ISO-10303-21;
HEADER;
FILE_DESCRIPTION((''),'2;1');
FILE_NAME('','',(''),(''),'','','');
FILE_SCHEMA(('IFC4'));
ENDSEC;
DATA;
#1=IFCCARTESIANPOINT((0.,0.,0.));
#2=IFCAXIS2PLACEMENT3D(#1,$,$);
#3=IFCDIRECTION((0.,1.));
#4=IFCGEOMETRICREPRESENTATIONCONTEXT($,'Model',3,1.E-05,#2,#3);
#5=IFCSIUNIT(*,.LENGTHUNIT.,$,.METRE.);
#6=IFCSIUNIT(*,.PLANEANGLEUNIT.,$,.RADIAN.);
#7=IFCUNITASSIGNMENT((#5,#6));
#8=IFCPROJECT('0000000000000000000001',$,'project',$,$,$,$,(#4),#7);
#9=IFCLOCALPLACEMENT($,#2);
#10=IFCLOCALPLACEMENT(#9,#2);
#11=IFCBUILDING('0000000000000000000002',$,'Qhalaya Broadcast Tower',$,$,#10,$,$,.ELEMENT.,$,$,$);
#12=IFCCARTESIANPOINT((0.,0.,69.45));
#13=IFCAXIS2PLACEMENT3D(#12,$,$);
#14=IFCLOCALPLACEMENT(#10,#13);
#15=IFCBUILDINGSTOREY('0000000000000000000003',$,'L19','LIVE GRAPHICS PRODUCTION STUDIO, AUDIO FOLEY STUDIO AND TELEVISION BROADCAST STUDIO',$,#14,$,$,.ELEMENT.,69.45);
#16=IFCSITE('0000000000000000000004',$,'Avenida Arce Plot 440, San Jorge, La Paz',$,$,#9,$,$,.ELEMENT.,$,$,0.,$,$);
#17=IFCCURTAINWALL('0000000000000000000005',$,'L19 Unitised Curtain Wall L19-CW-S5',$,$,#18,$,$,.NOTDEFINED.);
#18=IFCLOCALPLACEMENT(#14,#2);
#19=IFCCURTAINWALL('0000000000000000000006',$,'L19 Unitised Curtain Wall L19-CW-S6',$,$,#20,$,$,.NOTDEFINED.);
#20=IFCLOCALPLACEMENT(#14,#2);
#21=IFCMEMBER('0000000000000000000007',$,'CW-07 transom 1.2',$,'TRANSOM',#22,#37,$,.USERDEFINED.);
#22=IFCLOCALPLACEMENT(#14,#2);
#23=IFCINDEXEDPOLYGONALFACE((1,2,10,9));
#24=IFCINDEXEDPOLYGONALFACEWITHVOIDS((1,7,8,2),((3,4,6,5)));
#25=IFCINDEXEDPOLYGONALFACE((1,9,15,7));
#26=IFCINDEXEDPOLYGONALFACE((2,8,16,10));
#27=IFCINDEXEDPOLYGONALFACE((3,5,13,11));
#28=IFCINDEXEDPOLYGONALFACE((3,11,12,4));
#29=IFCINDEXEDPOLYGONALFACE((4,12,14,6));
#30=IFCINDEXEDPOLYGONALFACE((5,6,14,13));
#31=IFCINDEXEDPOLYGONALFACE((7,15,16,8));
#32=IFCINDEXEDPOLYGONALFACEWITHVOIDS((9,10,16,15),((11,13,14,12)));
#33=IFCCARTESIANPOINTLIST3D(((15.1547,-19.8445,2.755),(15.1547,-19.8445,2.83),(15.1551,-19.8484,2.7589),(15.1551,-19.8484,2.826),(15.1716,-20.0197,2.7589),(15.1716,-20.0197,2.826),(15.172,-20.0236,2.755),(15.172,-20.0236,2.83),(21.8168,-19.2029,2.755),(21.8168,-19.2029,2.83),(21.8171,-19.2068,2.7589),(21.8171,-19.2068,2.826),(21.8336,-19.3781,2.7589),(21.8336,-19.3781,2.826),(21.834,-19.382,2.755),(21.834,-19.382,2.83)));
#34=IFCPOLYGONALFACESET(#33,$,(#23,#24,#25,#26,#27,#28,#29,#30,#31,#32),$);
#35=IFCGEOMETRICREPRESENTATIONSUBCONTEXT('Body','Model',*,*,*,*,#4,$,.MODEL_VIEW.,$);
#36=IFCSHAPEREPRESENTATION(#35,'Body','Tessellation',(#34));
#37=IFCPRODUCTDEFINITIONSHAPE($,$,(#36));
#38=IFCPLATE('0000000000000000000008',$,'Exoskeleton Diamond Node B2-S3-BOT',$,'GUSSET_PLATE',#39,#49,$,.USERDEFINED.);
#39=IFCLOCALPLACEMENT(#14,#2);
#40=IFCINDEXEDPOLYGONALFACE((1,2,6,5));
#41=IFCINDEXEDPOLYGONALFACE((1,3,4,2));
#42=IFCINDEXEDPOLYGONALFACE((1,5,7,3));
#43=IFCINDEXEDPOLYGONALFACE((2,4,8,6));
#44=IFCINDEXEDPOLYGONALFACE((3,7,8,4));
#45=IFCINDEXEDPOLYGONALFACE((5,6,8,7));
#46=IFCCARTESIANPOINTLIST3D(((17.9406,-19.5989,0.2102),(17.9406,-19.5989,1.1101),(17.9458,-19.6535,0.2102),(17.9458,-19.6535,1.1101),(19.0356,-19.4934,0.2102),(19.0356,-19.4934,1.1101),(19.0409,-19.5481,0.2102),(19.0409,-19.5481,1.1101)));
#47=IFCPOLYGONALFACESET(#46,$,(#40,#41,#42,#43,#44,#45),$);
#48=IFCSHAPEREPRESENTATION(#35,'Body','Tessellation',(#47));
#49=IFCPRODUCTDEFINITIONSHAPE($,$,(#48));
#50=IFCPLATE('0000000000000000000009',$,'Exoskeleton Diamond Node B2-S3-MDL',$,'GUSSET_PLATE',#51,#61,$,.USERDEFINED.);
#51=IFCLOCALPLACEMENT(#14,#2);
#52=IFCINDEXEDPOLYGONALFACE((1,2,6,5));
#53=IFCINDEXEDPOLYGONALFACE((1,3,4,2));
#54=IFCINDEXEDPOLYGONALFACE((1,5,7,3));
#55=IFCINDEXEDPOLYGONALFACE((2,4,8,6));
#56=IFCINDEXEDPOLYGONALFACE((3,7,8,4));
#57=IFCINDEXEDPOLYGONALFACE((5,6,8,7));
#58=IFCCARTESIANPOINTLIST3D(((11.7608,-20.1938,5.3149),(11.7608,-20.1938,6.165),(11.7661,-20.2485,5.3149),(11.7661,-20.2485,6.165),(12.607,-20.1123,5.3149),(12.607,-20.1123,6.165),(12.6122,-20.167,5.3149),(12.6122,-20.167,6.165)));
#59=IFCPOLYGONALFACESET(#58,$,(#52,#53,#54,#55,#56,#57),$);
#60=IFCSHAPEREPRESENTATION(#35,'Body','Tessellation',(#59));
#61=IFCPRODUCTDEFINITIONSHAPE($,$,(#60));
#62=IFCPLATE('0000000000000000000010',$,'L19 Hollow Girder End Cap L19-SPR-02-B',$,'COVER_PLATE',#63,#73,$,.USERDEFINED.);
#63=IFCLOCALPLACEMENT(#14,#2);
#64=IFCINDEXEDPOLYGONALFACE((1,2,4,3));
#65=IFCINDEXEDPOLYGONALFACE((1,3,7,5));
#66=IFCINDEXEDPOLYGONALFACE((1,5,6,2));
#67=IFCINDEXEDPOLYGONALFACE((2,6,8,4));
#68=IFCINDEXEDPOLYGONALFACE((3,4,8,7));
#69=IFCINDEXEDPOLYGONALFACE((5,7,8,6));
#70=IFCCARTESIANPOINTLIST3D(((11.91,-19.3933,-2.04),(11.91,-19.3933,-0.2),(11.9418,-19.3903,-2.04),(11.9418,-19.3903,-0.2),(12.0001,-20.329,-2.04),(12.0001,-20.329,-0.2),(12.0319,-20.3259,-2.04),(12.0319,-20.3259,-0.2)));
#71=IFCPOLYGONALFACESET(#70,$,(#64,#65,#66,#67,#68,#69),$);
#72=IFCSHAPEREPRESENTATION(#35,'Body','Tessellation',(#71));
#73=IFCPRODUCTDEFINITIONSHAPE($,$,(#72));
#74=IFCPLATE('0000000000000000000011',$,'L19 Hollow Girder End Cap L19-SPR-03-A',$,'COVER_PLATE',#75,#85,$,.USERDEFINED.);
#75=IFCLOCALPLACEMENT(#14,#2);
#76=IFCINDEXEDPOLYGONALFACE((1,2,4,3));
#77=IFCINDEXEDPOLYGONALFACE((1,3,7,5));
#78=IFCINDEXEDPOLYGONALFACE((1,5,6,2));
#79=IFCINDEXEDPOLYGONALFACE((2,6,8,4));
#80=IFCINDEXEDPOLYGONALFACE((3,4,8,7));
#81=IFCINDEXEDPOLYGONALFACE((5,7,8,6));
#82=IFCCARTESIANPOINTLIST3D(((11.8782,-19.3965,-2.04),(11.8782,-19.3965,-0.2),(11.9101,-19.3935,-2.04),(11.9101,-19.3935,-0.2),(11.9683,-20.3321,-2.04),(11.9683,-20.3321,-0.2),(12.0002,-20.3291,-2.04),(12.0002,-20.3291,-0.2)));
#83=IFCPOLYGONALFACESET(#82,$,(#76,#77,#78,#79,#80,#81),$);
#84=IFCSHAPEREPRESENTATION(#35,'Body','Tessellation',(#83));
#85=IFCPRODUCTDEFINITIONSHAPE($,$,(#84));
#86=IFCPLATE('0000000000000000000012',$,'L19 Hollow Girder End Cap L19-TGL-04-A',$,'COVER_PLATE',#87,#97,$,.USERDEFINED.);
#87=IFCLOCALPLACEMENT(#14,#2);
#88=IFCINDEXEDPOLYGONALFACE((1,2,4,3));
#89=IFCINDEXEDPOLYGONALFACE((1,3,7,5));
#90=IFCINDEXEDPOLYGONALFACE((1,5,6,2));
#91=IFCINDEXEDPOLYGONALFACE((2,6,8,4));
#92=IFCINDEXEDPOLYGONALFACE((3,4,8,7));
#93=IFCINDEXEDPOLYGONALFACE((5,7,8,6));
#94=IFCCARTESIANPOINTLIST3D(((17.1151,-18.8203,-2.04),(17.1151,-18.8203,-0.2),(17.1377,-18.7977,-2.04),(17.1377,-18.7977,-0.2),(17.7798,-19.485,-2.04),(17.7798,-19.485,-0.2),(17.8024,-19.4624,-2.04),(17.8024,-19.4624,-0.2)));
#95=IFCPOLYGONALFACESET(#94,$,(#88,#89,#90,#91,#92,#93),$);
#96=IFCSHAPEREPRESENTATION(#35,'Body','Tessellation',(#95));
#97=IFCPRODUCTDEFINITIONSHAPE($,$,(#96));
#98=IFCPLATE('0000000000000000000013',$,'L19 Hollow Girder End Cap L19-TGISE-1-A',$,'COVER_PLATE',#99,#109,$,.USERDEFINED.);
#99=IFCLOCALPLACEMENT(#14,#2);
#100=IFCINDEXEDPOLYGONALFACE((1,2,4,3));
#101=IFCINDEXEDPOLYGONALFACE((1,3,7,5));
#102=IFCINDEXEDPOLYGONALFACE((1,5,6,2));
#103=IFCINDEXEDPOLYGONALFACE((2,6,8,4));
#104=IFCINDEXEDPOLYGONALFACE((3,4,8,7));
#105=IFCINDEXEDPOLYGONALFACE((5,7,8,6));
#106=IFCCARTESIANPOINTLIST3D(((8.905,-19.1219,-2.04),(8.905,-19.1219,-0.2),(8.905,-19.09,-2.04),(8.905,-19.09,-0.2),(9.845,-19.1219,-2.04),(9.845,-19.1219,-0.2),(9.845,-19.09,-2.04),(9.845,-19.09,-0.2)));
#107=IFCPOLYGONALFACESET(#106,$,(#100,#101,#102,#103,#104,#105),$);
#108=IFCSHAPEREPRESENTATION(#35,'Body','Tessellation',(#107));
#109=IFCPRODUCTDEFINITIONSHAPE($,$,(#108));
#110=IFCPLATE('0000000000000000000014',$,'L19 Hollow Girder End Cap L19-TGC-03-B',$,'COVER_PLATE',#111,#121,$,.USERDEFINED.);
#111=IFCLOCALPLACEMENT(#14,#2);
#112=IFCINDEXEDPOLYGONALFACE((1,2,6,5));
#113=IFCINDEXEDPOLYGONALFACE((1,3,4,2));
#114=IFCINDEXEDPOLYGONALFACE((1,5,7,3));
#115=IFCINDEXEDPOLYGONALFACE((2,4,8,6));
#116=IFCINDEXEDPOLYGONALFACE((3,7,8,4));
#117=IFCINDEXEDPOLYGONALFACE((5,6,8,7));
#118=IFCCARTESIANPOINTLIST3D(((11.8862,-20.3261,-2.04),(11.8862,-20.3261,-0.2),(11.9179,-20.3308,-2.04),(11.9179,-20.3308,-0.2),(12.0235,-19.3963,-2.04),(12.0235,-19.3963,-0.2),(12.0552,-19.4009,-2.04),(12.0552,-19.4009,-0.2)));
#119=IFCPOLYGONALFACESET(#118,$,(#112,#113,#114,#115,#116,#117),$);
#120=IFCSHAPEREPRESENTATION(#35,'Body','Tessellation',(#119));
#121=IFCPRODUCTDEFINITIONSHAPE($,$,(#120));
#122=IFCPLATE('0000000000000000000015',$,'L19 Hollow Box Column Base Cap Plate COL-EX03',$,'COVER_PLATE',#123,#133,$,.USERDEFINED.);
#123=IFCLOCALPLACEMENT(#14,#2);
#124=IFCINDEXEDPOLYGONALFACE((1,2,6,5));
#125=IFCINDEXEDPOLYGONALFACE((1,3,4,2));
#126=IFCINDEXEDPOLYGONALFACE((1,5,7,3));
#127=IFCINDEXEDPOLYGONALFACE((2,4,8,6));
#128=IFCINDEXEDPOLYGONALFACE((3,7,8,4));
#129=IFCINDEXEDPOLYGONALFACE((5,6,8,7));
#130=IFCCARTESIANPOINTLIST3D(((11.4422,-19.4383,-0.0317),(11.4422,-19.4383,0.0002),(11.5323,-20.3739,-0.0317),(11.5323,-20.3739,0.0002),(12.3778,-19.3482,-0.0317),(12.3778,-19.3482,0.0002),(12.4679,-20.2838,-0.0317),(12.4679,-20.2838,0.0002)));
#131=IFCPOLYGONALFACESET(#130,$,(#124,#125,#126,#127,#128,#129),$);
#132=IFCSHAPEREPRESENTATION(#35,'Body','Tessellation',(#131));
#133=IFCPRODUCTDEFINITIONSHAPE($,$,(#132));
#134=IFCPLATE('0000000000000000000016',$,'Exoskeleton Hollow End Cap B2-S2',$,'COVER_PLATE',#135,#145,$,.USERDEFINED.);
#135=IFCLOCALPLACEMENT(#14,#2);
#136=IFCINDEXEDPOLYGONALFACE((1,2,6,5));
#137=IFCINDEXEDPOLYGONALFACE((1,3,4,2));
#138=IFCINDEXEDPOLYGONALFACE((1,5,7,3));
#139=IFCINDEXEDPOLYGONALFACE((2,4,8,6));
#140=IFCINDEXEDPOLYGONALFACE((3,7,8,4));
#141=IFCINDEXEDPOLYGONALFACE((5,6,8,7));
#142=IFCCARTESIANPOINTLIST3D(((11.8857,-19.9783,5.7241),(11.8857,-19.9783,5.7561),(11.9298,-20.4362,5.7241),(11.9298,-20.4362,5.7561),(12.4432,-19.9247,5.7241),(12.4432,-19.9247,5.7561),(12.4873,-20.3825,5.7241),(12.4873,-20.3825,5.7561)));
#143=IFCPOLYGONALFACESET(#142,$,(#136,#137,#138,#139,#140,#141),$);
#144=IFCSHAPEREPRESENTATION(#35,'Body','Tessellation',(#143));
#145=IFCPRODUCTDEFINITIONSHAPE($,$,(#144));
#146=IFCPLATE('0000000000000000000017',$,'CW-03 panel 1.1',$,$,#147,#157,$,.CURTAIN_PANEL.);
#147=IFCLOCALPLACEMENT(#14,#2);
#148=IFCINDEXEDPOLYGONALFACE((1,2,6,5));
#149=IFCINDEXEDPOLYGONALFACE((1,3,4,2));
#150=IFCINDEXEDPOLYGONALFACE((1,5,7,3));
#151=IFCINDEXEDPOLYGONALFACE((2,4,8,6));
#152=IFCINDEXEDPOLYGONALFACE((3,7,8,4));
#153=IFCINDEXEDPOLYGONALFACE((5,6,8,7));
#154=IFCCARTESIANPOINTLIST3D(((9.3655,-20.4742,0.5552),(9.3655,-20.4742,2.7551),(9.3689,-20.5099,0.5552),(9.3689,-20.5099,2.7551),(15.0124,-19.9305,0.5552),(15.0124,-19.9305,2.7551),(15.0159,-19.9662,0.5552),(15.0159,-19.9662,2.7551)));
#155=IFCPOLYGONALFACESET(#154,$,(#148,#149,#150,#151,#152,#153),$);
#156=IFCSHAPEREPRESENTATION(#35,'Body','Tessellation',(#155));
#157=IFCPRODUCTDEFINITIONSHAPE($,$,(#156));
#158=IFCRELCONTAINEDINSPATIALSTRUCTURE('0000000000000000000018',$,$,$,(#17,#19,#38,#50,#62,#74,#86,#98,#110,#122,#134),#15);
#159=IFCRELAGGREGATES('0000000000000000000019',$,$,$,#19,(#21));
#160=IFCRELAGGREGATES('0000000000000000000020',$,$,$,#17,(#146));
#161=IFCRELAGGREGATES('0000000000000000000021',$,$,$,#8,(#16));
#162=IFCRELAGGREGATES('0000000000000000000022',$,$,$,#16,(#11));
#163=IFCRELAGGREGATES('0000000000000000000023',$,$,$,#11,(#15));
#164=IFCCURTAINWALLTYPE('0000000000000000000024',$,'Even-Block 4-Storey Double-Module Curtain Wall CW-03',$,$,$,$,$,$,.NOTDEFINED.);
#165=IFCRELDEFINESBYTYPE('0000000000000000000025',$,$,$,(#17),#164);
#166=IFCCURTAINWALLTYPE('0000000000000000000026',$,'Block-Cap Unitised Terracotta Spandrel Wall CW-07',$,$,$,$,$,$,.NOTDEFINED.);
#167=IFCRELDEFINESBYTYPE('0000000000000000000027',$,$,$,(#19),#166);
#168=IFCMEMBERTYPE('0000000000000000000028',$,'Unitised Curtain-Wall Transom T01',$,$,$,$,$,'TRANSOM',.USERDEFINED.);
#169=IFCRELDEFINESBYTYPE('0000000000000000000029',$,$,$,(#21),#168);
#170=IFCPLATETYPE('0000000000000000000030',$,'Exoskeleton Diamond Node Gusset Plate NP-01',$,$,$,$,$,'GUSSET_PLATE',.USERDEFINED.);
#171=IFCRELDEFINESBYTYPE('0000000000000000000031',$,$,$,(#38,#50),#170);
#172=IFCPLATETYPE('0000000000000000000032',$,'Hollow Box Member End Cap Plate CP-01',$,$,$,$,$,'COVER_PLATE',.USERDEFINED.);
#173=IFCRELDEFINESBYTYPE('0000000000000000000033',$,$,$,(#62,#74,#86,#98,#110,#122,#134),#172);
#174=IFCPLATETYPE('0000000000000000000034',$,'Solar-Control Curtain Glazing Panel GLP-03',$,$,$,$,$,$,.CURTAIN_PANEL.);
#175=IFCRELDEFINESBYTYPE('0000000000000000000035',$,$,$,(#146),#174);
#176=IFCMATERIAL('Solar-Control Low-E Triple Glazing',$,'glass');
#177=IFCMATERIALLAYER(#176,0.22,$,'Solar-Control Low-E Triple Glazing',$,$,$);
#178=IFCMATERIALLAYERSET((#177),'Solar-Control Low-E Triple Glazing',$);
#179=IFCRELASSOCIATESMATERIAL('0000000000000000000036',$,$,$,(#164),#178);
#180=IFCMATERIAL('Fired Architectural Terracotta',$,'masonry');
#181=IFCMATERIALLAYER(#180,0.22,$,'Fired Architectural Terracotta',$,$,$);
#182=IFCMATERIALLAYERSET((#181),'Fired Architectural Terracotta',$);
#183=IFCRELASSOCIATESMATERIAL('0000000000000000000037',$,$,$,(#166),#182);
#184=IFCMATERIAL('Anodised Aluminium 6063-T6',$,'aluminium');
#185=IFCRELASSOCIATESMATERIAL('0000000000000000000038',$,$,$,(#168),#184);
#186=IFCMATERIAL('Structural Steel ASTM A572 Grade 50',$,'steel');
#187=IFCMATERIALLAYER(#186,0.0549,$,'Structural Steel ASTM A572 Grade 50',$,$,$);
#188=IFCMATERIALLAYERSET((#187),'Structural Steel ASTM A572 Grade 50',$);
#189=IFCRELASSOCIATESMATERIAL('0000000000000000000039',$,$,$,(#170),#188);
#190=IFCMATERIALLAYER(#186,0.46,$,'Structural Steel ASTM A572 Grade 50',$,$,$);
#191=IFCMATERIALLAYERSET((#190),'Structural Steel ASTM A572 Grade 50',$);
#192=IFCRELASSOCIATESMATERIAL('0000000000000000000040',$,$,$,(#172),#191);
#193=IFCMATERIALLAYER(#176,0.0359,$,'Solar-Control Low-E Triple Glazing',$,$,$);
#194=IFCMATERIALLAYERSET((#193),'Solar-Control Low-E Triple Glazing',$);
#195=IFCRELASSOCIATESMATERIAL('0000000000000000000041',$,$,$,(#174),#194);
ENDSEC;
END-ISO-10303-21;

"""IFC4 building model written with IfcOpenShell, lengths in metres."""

from ifc_helpers import new_model, si_unit, direction, frame, origin, origin_2d, place, context, subcontext, project, spatial, rectangle, hollow_rectangle, extrude, material, layer, layer_set, material_profile, profile_set, type_object, element, aggregate, save


model = new_model("IFC4")

# Units and contexts
model_context = context("Model", 3, precision=1e-05, world=origin(), true_north=direction((0.0, 1.0)))
body_context = subcontext(model_context, "Body", "Model", "MODEL_VIEW")
ifc_project = project(units=[si_unit("LENGTHUNIT", "METRE"), si_unit("PLANEANGLEUNIT", "RADIAN")], contexts=[model_context])

# Site, building, storey
site_placement = place(None, origin())
site = spatial("IfcSite", under=ifc_project, at=site_placement, Name="Avenida Arce Plot 440, San Jorge, La Paz", CompositionType="ELEMENT", RefElevation=0.0)
building_placement = place(site_placement, origin())
building = spatial("IfcBuilding", under=site, at=building_placement, Name="Qhalaya Broadcast Tower", CompositionType="ELEMENT")
storey_placement = place(building_placement, frame((0.0, 0.0, 69.45)))
storey = spatial("IfcBuildingStorey", under=building, at=storey_placement, Name="L19", Description="LIVE GRAPHICS PRODUCTION STUDIO, AUDIO FOLEY STUDIO AND TELEVISION BROADCAST STUDIO", CompositionType="ELEMENT", Elevation=69.45)

# Shared definitions
ifc_material_1 = material(Name="Structural Steel ASTM A572 Grade 50", Category="steel")

# Curtain wall
ifc_material_2 = material(Name="Solar-Control Low-E Triple Glazing", Category="glass")
ifc_layer_1 = layer(ifc_material_2, 0.22, Name="Solar-Control Low-E Triple Glazing")
ifc_layer_set_1 = layer_set([ifc_layer_1], Name="Solar-Control Low-E Triple Glazing")
curtain_wall_type_1 = type_object("IfcCurtainWallType", Name="Even-Block 4-Storey Double-Module Curtain Wall CW-03", PredefinedType="NOTDEFINED", material=ifc_layer_set_1)
curtain_wall_1_placement = place(storey_placement, origin())
curtain_wall_1 = element("IfcCurtainWall", 1, at=curtain_wall_1_placement, inside=storey, type_object=curtain_wall_type_1, Name="L19 Unitised Curtain Wall L19-CW-S5", PredefinedType="NOTDEFINED")
ifc_material_3 = material(Name="Anodised Aluminium 6063-T6", Category="aluminium")

# Curtain wall, member
ifc_material_4 = material(Name="Fired Architectural Terracotta", Category="masonry")
ifc_layer_2 = layer(ifc_material_4, 0.22, Name="Fired Architectural Terracotta")
ifc_layer_set_2 = layer_set([ifc_layer_2], Name="Fired Architectural Terracotta")
curtain_wall_type_2 = type_object("IfcCurtainWallType", Name="Block-Cap Unitised Terracotta Spandrel Wall CW-07", PredefinedType="NOTDEFINED", material=ifc_layer_set_2)
curtain_wall_2_placement = place(storey_placement, origin())
curtain_wall_2 = element("IfcCurtainWall", 2, at=curtain_wall_2_placement, inside=storey, type_object=curtain_wall_type_2, Name="L19 Unitised Curtain Wall L19-CW-S6", PredefinedType="NOTDEFINED")
ifc_material_profile_1 = material_profile(ifc_material_3, hollow_rectangle(XDim=0.075, YDim=0.1799, WallThickness=0.0039, at=origin_2d()), Name="ALU-TRN 75x180x4")
ifc_profile_set_1 = profile_set([ifc_material_profile_1], Name="Anodised Aluminium 6063-T6")
member_type_1 = type_object("IfcMemberType", Name="Unitised Curtain-Wall Transom T01", ElementType="TRANSOM", PredefinedType="USERDEFINED", material=ifc_profile_set_1)
member_1_placement = place(storey_placement, frame((15.1633, -19.9341, 2.7925), z_axis=(0.995395, 0.095863, 0.0), x_axis=(0.0, 0.0, 1.0)))
member_1 = element("IfcMember", 3, at=member_1_placement, type_object=member_type_1, Name="CW-07 transom 1.2", ObjectType="TRANSOM", PredefinedType="USERDEFINED", context=body_context, shape_type="SweptSolid", body=[
    extrude(hollow_rectangle(XDim=0.075, YDim=0.1799, WallThickness=0.0039, at=origin_2d()), origin(), (0.0, 0.0, 1.0), 6.6929),
])
aggregate(curtain_wall_2, [member_1])

# Plates
ifc_layer_3 = layer(ifc_material_1, 0.0549, Name="Structural Steel ASTM A572 Grade 50")
ifc_layer_set_3 = layer_set([ifc_layer_3], Name="Structural Steel ASTM A572 Grade 50")
plate_type_1 = type_object("IfcPlateType", Name="Exoskeleton Diamond Node Gusset Plate NP-01", ElementType="GUSSET_PLATE", PredefinedType="USERDEFINED", material=ifc_layer_set_3)
plate_1_placement = place(storey_placement, frame((18.4907, -19.5735, 0.2102), z_axis=(0.0, 0.0, 1.0), x_axis=(0.995396, 0.095846, 0.0)))
element("IfcPlate", 4, at=plate_1_placement, inside=storey, type_object=plate_type_1, Name="Exoskeleton Diamond Node B2-S3-BOT", ObjectType="GUSSET_PLATE", PredefinedType="USERDEFINED", context=body_context, shape_type="SweptSolid", body=[
    extrude(rectangle(XDim=1.1001, YDim=0.0549, at=origin_2d()), origin(), (0.0, 0.0, 1.0), 0.8999),
])
plate_2_placement = place(storey_placement, frame((12.1865, -20.1804, 5.3149), z_axis=(0.0, 0.0, 1.0), x_axis=(0.995396, 0.095846, 0.0)))
element("IfcPlate", 5, at=plate_2_placement, inside=storey, type_object=plate_type_1, Name="Exoskeleton Diamond Node B2-S3-MDL", ObjectType="GUSSET_PLATE", PredefinedType="USERDEFINED", context=body_context, shape_type="SweptSolid", body=[
    extrude(rectangle(XDim=0.8501, YDim=0.0549, at=origin_2d()), origin(), (0.0, 0.0, 1.0), 0.8501),
])
ifc_layer_4 = layer(ifc_material_1, 0.46, Name="Structural Steel ASTM A572 Grade 50")
ifc_layer_set_4 = layer_set([ifc_layer_4], Name="Structural Steel ASTM A572 Grade 50")
plate_type_2 = type_object("IfcPlateType", Name="Hollow Box Member End Cap Plate CP-01", ElementType="COVER_PLATE", PredefinedType="USERDEFINED", material=ifc_layer_set_4)
for number, where, z_axis, x_axis, name in (
    (6, (11.9709, -19.8596, -2.04), (0.0, 0.0, 1.0), (-0.095846, 0.995396, 0.0), "L19 Hollow Girder End Cap L19-SPR-02-B"),
    (7, (11.9392, -19.8628, -2.04), (0.0, 0.0, 1.0), (-0.095846, 0.995396, 0.0), "L19 Hollow Girder End Cap L19-SPR-03-A"),
    (8, (17.4587, -19.1414, -2.04), (0.0, 0.0, 1.0), (-0.707107, 0.707107, 0.0), "L19 Hollow Girder End Cap L19-TGL-04-A"),
    (9, (9.375, -19.106, -2.04), (0.0, 0.0, 1.0), (-1.0, 0.0, 0.0), "L19 Hollow Girder End Cap L19-TGISE-1-A"),
    (10, (11.9707, -19.8635, -2.04), (0.0, 0.0, 1.0), (0.146083, 0.989272, 0.0), "L19 Hollow Girder End Cap L19-TGC-03-B"),
):
    element("IfcPlate", number, at=place(storey_placement, frame(where, z_axis=z_axis, x_axis=x_axis)), inside=storey, type_object=plate_type_2, Name=name, ObjectType="COVER_PLATE", PredefinedType="USERDEFINED", context=body_context, shape_type="SweptSolid", body=[
        extrude(rectangle(XDim=0.9399, YDim=0.032, at=origin_2d()), origin(), (0.0, 0.0, 1.0), 1.8401),
    ])
plate_3_placement = place(storey_placement, frame((11.9551, -19.8611, -0.0317), z_axis=(0.0, 0.0, 1.0), x_axis=(0.995396, 0.095846, 0.0)))
element("IfcPlate", 11, at=plate_3_placement, inside=storey, type_object=plate_type_2, Name="L19 Hollow Box Column Base Cap Plate COL-EX03", ObjectType="COVER_PLATE", PredefinedType="USERDEFINED", context=body_context, shape_type="SweptSolid", body=[
    extrude(rectangle(XDim=0.9399, YDim=0.9399, at=origin_2d()), origin(), (0.0, 0.0, 1.0), 0.032),
])
plate_4_placement = place(storey_placement, frame((12.1865, -20.1804, 5.7241), z_axis=(0.0, 0.0, 1.0), x_axis=(0.995396, 0.095846, 0.0)))
element("IfcPlate", 12, at=plate_4_placement, inside=storey, type_object=plate_type_2, Name="Exoskeleton Hollow End Cap B2-S2", ObjectType="COVER_PLATE", PredefinedType="USERDEFINED", context=body_context, shape_type="SweptSolid", body=[
    extrude(rectangle(XDim=0.5601, YDim=0.46, at=origin_2d()), origin(), (0.0, 0.0, 1.0), 0.032),
])

# Plate
ifc_layer_5 = layer(ifc_material_2, 0.0359, Name="Solar-Control Low-E Triple Glazing")
ifc_layer_set_5 = layer_set([ifc_layer_5], Name="Solar-Control Low-E Triple Glazing")
plate_type_3 = type_object("IfcPlateType", Name="Solar-Control Curtain Glazing Panel GLP-03", PredefinedType="CURTAIN_PANEL", material=ifc_layer_set_5)
plate_5_placement = place(storey_placement, frame((12.1907, -20.2202, 0.5552), z_axis=(0.0, 0.0, 1.0), x_axis=(0.995396, 0.095844, 0.0)))
plate_5 = element("IfcPlate", 13, at=plate_5_placement, type_object=plate_type_3, Name="CW-03 panel 1.1", PredefinedType="CURTAIN_PANEL", context=body_context, shape_type="SweptSolid", body=[
    extrude(rectangle(XDim=5.6731, YDim=0.0359, at=origin_2d()), origin(), (0.0, 0.0, 1.0), 2.2),
])
aggregate(curtain_wall_1, [plate_5])

save(model, "model.ifc")
